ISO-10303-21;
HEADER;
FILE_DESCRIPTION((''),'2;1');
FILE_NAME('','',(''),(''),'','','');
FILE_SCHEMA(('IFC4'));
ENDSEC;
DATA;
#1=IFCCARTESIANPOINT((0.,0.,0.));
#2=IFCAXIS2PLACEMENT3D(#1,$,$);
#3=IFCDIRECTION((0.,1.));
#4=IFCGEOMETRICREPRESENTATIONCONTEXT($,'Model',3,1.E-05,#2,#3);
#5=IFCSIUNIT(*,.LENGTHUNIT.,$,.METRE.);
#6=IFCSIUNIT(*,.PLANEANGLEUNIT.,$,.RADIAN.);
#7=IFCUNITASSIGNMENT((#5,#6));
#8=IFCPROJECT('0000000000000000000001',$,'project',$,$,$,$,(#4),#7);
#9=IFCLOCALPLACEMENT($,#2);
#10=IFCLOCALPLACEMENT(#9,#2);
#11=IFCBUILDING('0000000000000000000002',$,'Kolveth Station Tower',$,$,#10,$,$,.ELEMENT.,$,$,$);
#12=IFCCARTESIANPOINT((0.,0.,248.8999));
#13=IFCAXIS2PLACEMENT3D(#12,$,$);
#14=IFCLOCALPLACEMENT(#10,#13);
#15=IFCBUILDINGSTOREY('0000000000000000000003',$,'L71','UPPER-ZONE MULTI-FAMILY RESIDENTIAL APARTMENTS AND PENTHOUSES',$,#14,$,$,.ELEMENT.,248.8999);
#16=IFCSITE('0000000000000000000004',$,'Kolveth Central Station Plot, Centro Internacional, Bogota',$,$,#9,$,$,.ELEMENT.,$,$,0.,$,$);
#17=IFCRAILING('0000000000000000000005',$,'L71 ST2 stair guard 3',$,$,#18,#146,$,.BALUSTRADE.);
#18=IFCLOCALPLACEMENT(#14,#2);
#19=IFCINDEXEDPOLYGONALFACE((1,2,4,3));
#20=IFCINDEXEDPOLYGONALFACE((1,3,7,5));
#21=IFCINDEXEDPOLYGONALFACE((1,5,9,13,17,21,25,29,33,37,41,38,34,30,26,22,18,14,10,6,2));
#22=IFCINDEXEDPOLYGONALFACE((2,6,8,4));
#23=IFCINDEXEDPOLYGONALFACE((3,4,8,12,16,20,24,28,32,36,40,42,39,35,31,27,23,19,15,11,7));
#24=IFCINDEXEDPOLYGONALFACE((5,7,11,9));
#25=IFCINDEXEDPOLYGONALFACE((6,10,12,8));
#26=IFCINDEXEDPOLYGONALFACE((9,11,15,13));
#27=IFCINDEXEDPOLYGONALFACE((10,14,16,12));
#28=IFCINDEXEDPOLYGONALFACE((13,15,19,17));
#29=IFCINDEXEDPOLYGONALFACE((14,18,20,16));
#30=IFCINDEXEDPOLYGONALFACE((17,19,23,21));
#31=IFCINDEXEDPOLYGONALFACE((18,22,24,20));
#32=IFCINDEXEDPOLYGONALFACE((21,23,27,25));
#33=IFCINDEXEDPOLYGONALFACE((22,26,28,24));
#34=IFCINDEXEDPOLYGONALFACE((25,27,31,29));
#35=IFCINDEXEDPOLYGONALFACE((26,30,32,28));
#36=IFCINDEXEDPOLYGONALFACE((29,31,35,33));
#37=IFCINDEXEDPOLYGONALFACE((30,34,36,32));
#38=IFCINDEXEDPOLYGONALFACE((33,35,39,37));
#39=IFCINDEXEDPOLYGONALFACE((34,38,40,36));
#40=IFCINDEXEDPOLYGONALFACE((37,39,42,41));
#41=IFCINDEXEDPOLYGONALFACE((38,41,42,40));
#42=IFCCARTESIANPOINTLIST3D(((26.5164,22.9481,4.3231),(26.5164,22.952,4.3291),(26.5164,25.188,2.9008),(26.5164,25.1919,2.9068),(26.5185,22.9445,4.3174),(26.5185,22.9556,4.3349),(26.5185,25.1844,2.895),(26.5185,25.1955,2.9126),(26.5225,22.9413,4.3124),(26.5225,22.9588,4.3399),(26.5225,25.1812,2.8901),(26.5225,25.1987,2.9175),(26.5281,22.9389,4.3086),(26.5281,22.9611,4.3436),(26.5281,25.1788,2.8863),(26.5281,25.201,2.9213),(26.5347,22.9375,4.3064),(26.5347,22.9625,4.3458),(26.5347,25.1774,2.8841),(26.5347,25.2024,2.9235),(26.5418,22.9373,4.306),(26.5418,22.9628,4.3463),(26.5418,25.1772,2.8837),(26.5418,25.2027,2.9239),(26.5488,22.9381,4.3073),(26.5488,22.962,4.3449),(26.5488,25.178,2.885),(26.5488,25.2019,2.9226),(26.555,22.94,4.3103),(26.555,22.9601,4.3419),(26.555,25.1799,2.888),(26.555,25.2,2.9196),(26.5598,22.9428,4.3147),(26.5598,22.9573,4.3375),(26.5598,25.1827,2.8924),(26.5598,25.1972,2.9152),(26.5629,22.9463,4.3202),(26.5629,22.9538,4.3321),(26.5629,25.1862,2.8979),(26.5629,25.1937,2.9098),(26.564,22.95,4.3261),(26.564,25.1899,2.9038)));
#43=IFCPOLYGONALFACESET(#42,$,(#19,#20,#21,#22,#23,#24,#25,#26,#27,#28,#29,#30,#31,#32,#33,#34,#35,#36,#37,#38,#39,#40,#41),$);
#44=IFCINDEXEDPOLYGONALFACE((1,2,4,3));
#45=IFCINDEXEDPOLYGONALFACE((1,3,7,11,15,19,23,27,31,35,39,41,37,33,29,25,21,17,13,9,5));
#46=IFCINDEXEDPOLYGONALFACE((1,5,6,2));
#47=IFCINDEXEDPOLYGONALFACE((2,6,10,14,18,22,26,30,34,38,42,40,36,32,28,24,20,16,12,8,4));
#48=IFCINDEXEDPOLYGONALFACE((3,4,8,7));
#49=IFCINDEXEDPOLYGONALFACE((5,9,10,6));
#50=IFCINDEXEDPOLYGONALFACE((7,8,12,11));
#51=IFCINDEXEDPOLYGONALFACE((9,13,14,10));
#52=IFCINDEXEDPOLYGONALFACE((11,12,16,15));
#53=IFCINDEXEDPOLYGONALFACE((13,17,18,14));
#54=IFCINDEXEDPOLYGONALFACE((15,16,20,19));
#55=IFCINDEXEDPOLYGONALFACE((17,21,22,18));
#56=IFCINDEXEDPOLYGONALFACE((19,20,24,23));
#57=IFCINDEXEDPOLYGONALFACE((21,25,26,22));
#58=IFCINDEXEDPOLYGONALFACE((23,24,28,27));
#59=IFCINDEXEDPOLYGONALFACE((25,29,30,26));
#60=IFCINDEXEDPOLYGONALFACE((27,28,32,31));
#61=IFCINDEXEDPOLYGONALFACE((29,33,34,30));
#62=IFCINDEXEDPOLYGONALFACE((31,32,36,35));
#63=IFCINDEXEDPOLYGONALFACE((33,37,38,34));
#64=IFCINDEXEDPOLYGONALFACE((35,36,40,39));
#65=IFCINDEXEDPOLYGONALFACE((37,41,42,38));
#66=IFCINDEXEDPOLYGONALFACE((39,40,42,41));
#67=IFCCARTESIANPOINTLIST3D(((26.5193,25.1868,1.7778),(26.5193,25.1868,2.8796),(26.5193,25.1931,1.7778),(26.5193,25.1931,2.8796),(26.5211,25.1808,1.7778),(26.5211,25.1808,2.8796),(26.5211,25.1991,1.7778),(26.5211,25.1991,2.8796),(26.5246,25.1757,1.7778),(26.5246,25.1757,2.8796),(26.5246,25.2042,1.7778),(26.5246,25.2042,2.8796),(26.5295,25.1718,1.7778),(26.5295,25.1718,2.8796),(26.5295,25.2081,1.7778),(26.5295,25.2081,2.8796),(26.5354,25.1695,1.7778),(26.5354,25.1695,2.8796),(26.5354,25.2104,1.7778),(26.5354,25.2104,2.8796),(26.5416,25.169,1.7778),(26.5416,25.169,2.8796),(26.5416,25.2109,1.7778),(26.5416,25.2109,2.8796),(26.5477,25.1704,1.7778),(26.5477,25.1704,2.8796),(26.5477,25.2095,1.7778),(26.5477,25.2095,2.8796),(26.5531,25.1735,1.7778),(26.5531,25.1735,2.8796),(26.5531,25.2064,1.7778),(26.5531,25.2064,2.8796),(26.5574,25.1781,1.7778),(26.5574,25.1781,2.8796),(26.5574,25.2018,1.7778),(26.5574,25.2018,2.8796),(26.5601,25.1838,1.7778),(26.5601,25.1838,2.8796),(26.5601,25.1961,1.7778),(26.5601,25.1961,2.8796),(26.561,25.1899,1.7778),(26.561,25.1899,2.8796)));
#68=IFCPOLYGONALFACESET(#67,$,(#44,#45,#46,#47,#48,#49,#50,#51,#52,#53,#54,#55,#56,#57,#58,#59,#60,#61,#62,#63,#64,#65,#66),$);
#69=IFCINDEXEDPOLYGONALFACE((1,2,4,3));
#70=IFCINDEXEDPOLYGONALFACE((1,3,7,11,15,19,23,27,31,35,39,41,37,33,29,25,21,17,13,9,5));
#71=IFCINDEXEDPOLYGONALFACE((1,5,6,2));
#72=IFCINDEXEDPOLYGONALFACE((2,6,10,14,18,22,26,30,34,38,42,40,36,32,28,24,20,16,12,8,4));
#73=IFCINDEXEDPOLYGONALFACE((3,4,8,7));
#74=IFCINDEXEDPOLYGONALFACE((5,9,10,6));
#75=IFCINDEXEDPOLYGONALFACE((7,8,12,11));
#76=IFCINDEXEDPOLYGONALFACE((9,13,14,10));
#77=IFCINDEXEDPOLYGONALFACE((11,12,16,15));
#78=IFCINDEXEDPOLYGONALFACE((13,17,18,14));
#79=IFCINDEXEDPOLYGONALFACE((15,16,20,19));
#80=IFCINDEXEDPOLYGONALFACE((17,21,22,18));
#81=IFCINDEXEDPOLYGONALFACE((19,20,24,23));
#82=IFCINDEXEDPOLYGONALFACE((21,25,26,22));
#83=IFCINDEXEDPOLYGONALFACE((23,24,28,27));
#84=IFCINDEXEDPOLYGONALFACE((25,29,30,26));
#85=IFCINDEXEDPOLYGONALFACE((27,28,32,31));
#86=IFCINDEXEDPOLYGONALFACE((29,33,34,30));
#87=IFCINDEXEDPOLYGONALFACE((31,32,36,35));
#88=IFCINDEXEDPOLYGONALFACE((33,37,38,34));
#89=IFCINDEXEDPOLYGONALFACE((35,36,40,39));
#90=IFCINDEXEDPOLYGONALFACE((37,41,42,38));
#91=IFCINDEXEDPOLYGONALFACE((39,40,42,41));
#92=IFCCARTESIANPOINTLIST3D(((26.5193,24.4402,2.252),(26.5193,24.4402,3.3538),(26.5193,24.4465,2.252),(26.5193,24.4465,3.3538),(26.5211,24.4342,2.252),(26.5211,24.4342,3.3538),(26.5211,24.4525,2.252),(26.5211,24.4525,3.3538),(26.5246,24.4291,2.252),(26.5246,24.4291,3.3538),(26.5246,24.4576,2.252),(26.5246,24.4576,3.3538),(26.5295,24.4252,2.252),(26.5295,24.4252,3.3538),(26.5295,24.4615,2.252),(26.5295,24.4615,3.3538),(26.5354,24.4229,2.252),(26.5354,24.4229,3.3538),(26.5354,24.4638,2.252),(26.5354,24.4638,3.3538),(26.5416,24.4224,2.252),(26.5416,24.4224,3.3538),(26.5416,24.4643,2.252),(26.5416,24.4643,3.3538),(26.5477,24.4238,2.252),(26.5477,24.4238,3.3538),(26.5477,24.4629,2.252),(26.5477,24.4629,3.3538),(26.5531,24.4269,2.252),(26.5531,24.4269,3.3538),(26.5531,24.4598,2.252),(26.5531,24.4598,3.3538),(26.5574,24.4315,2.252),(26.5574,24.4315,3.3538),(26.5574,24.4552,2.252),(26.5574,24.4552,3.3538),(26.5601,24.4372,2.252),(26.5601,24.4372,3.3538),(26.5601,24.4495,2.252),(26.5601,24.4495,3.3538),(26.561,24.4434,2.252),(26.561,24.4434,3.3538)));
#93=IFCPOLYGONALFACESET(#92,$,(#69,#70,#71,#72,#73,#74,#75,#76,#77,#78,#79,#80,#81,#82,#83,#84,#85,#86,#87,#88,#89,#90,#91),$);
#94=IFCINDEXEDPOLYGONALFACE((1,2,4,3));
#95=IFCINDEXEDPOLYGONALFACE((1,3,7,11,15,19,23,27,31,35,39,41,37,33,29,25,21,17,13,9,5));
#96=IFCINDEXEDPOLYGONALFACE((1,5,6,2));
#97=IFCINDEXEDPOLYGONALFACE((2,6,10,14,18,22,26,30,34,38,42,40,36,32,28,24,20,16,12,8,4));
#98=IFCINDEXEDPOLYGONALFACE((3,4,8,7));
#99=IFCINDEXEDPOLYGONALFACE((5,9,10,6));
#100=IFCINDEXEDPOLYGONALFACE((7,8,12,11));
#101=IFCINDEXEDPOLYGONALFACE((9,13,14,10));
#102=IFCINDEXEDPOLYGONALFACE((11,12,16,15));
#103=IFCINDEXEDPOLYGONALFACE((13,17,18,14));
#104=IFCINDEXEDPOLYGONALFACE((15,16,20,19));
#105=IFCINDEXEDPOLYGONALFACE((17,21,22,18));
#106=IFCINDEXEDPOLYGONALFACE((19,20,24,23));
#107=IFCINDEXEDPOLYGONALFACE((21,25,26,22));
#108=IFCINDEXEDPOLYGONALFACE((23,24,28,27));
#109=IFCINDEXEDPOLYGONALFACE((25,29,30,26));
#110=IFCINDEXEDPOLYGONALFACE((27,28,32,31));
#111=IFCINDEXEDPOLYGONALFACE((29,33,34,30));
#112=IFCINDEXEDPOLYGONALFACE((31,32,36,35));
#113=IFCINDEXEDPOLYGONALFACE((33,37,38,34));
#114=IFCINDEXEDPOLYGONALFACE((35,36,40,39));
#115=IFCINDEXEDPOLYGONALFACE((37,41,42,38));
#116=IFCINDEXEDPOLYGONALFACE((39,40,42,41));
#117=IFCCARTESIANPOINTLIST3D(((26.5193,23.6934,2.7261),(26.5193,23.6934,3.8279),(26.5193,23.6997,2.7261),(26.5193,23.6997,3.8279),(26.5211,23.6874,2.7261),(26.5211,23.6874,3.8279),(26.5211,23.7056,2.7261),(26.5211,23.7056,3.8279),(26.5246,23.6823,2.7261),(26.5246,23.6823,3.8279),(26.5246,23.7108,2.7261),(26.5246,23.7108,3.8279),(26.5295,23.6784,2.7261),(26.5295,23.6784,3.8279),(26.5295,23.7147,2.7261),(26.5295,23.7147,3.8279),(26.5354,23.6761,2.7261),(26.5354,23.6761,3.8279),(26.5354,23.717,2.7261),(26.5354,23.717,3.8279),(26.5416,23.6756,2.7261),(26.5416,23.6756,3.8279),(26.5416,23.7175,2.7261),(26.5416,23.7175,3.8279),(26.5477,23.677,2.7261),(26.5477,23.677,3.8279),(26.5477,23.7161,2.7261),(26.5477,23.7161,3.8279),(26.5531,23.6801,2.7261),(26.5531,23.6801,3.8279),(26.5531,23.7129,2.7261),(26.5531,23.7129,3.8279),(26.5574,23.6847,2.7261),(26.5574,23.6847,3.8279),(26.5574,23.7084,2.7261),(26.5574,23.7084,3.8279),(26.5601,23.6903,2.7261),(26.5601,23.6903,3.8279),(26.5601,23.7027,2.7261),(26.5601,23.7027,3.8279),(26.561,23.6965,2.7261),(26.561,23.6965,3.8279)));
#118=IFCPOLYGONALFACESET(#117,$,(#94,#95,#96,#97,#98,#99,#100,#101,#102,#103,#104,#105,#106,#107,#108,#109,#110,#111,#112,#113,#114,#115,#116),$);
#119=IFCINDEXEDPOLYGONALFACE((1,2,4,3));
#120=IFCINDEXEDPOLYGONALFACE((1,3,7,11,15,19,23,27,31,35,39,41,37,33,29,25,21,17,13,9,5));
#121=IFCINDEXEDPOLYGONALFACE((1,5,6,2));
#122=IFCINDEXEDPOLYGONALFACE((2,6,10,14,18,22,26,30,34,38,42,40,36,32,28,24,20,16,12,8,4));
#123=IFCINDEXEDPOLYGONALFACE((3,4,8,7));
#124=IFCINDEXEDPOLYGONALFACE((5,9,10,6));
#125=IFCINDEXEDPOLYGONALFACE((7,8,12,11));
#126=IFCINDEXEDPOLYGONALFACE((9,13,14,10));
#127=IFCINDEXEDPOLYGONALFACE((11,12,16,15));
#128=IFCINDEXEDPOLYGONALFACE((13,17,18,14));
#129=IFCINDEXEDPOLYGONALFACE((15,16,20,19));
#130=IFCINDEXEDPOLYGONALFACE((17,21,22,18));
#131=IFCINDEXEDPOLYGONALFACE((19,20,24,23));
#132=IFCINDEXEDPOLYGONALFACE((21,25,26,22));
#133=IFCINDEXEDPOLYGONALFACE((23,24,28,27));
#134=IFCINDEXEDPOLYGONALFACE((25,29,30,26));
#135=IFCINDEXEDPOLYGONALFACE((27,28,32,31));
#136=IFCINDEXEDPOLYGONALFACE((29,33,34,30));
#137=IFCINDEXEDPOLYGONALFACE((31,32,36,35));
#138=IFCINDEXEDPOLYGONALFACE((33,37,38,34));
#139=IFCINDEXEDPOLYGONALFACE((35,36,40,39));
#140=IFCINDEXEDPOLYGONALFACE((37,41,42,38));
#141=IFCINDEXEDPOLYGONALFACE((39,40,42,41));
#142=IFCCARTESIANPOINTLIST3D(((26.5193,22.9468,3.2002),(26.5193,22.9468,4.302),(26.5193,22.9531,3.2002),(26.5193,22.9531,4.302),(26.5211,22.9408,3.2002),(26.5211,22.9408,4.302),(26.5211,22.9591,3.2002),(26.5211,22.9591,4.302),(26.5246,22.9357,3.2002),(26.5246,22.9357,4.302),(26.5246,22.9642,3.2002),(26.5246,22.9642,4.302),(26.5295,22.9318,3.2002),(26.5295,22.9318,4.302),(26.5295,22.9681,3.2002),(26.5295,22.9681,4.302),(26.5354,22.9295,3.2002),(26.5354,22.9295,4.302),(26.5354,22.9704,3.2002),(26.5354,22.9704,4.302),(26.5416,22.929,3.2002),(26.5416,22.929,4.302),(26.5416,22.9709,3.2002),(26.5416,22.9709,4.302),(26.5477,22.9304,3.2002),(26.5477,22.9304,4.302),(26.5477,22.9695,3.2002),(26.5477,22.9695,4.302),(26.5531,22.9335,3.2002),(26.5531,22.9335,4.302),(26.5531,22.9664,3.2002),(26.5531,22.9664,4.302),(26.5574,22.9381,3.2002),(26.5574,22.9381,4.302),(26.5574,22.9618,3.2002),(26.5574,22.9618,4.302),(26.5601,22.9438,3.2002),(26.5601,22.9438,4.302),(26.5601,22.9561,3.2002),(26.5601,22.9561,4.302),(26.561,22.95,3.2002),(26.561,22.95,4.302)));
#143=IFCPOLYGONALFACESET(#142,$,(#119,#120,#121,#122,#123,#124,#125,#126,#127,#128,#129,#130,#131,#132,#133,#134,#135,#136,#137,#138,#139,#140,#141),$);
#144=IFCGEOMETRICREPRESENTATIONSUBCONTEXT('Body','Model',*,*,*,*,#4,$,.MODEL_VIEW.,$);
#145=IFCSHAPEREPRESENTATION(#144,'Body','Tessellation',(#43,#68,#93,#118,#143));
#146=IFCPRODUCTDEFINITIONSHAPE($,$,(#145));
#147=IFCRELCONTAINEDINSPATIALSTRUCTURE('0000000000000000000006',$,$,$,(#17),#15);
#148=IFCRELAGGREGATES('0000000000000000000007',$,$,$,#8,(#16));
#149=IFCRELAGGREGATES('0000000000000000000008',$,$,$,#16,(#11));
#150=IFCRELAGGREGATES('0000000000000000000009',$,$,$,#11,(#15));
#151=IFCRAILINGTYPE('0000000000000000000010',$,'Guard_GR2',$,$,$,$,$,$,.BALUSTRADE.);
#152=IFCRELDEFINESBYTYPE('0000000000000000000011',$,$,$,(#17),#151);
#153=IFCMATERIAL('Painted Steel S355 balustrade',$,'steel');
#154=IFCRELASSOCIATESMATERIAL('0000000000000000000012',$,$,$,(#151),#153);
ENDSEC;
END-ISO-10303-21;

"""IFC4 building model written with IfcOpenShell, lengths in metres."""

from ifc_helpers import new_model, si_unit, direction, frame, origin, origin_2d, place, context, subcontext, project, spatial, circle, extrude, material, type_object, element, save


model = new_model("IFC4")

# Units and contexts
model_context = context("Model", 3, precision=1e-05, world=origin(), true_north=direction((0.0, 1.0)))
body_context = subcontext(model_context, "Body", "Model", "MODEL_VIEW")
ifc_project = project(units=[si_unit("LENGTHUNIT", "METRE"), si_unit("PLANEANGLEUNIT", "RADIAN")], contexts=[model_context])

# Site, building, storey
site_placement = place(None, origin())
site = spatial("IfcSite", under=ifc_project, at=site_placement, Name="Kolveth Central Station Plot, Centro Internacional, Bogota", CompositionType="ELEMENT", RefElevation=0.0)
building_placement = place(site_placement, origin())
building = spatial("IfcBuilding", under=site, at=building_placement, Name="Kolveth Station Tower", CompositionType="ELEMENT")
storey_placement = place(building_placement, frame((0.0, 0.0, 248.8999)))
storey = spatial("IfcBuildingStorey", under=building, at=storey_placement, Name="L71", Description="UPPER-ZONE MULTI-FAMILY RESIDENTIAL APARTMENTS AND PENTHOUSES", CompositionType="ELEMENT", Elevation=248.8999)

# Railing
ifc_material_1 = material(Name="Painted Steel S355 balustrade", Category="steel")
railing_type_1 = type_object("IfcRailingType", Name="Guard_GR2", PredefinedType="BALUSTRADE", material=ifc_material_1)
railing_1_placement = place(storey_placement, frame((26.54, 25.1899, 1.7778)))
element("IfcRailing", 1, at=railing_1_placement, inside=storey, type_object=railing_type_1, Name="L71 ST2 stair guard 3", PredefinedType="BALUSTRADE", context=body_context, shape_type="SweptSolid", body=[
    extrude(circle(Radius=0.0239, at=origin_2d()), frame((0.0, 0.0, 1.126), z_axis=(0.0, -0.844188, 0.536048), x_axis=(1.0, 0.0, 0.0)), (0.0, 0.0, 1.0), 2.6533),
    extrude(circle(Radius=0.021, at=origin_2d()), origin(), (0.0, 0.0, 1.0), 1.1018),
    extrude(circle(Radius=0.021, at=origin_2d()), frame((0.0, -0.7466, 0.4741)), (0.0, 0.0, 1.0), 1.1018),
    extrude(circle(Radius=0.021, at=origin_2d()), frame((0.0, -1.4934, 0.9482)), (0.0, 0.0, 1.0), 1.1018),
    extrude(circle(Radius=0.021, at=origin_2d()), frame((0.0, -2.24, 1.4224)), (0.0, 0.0, 1.0), 1.1018),
])

save(model, "model.ifc")
